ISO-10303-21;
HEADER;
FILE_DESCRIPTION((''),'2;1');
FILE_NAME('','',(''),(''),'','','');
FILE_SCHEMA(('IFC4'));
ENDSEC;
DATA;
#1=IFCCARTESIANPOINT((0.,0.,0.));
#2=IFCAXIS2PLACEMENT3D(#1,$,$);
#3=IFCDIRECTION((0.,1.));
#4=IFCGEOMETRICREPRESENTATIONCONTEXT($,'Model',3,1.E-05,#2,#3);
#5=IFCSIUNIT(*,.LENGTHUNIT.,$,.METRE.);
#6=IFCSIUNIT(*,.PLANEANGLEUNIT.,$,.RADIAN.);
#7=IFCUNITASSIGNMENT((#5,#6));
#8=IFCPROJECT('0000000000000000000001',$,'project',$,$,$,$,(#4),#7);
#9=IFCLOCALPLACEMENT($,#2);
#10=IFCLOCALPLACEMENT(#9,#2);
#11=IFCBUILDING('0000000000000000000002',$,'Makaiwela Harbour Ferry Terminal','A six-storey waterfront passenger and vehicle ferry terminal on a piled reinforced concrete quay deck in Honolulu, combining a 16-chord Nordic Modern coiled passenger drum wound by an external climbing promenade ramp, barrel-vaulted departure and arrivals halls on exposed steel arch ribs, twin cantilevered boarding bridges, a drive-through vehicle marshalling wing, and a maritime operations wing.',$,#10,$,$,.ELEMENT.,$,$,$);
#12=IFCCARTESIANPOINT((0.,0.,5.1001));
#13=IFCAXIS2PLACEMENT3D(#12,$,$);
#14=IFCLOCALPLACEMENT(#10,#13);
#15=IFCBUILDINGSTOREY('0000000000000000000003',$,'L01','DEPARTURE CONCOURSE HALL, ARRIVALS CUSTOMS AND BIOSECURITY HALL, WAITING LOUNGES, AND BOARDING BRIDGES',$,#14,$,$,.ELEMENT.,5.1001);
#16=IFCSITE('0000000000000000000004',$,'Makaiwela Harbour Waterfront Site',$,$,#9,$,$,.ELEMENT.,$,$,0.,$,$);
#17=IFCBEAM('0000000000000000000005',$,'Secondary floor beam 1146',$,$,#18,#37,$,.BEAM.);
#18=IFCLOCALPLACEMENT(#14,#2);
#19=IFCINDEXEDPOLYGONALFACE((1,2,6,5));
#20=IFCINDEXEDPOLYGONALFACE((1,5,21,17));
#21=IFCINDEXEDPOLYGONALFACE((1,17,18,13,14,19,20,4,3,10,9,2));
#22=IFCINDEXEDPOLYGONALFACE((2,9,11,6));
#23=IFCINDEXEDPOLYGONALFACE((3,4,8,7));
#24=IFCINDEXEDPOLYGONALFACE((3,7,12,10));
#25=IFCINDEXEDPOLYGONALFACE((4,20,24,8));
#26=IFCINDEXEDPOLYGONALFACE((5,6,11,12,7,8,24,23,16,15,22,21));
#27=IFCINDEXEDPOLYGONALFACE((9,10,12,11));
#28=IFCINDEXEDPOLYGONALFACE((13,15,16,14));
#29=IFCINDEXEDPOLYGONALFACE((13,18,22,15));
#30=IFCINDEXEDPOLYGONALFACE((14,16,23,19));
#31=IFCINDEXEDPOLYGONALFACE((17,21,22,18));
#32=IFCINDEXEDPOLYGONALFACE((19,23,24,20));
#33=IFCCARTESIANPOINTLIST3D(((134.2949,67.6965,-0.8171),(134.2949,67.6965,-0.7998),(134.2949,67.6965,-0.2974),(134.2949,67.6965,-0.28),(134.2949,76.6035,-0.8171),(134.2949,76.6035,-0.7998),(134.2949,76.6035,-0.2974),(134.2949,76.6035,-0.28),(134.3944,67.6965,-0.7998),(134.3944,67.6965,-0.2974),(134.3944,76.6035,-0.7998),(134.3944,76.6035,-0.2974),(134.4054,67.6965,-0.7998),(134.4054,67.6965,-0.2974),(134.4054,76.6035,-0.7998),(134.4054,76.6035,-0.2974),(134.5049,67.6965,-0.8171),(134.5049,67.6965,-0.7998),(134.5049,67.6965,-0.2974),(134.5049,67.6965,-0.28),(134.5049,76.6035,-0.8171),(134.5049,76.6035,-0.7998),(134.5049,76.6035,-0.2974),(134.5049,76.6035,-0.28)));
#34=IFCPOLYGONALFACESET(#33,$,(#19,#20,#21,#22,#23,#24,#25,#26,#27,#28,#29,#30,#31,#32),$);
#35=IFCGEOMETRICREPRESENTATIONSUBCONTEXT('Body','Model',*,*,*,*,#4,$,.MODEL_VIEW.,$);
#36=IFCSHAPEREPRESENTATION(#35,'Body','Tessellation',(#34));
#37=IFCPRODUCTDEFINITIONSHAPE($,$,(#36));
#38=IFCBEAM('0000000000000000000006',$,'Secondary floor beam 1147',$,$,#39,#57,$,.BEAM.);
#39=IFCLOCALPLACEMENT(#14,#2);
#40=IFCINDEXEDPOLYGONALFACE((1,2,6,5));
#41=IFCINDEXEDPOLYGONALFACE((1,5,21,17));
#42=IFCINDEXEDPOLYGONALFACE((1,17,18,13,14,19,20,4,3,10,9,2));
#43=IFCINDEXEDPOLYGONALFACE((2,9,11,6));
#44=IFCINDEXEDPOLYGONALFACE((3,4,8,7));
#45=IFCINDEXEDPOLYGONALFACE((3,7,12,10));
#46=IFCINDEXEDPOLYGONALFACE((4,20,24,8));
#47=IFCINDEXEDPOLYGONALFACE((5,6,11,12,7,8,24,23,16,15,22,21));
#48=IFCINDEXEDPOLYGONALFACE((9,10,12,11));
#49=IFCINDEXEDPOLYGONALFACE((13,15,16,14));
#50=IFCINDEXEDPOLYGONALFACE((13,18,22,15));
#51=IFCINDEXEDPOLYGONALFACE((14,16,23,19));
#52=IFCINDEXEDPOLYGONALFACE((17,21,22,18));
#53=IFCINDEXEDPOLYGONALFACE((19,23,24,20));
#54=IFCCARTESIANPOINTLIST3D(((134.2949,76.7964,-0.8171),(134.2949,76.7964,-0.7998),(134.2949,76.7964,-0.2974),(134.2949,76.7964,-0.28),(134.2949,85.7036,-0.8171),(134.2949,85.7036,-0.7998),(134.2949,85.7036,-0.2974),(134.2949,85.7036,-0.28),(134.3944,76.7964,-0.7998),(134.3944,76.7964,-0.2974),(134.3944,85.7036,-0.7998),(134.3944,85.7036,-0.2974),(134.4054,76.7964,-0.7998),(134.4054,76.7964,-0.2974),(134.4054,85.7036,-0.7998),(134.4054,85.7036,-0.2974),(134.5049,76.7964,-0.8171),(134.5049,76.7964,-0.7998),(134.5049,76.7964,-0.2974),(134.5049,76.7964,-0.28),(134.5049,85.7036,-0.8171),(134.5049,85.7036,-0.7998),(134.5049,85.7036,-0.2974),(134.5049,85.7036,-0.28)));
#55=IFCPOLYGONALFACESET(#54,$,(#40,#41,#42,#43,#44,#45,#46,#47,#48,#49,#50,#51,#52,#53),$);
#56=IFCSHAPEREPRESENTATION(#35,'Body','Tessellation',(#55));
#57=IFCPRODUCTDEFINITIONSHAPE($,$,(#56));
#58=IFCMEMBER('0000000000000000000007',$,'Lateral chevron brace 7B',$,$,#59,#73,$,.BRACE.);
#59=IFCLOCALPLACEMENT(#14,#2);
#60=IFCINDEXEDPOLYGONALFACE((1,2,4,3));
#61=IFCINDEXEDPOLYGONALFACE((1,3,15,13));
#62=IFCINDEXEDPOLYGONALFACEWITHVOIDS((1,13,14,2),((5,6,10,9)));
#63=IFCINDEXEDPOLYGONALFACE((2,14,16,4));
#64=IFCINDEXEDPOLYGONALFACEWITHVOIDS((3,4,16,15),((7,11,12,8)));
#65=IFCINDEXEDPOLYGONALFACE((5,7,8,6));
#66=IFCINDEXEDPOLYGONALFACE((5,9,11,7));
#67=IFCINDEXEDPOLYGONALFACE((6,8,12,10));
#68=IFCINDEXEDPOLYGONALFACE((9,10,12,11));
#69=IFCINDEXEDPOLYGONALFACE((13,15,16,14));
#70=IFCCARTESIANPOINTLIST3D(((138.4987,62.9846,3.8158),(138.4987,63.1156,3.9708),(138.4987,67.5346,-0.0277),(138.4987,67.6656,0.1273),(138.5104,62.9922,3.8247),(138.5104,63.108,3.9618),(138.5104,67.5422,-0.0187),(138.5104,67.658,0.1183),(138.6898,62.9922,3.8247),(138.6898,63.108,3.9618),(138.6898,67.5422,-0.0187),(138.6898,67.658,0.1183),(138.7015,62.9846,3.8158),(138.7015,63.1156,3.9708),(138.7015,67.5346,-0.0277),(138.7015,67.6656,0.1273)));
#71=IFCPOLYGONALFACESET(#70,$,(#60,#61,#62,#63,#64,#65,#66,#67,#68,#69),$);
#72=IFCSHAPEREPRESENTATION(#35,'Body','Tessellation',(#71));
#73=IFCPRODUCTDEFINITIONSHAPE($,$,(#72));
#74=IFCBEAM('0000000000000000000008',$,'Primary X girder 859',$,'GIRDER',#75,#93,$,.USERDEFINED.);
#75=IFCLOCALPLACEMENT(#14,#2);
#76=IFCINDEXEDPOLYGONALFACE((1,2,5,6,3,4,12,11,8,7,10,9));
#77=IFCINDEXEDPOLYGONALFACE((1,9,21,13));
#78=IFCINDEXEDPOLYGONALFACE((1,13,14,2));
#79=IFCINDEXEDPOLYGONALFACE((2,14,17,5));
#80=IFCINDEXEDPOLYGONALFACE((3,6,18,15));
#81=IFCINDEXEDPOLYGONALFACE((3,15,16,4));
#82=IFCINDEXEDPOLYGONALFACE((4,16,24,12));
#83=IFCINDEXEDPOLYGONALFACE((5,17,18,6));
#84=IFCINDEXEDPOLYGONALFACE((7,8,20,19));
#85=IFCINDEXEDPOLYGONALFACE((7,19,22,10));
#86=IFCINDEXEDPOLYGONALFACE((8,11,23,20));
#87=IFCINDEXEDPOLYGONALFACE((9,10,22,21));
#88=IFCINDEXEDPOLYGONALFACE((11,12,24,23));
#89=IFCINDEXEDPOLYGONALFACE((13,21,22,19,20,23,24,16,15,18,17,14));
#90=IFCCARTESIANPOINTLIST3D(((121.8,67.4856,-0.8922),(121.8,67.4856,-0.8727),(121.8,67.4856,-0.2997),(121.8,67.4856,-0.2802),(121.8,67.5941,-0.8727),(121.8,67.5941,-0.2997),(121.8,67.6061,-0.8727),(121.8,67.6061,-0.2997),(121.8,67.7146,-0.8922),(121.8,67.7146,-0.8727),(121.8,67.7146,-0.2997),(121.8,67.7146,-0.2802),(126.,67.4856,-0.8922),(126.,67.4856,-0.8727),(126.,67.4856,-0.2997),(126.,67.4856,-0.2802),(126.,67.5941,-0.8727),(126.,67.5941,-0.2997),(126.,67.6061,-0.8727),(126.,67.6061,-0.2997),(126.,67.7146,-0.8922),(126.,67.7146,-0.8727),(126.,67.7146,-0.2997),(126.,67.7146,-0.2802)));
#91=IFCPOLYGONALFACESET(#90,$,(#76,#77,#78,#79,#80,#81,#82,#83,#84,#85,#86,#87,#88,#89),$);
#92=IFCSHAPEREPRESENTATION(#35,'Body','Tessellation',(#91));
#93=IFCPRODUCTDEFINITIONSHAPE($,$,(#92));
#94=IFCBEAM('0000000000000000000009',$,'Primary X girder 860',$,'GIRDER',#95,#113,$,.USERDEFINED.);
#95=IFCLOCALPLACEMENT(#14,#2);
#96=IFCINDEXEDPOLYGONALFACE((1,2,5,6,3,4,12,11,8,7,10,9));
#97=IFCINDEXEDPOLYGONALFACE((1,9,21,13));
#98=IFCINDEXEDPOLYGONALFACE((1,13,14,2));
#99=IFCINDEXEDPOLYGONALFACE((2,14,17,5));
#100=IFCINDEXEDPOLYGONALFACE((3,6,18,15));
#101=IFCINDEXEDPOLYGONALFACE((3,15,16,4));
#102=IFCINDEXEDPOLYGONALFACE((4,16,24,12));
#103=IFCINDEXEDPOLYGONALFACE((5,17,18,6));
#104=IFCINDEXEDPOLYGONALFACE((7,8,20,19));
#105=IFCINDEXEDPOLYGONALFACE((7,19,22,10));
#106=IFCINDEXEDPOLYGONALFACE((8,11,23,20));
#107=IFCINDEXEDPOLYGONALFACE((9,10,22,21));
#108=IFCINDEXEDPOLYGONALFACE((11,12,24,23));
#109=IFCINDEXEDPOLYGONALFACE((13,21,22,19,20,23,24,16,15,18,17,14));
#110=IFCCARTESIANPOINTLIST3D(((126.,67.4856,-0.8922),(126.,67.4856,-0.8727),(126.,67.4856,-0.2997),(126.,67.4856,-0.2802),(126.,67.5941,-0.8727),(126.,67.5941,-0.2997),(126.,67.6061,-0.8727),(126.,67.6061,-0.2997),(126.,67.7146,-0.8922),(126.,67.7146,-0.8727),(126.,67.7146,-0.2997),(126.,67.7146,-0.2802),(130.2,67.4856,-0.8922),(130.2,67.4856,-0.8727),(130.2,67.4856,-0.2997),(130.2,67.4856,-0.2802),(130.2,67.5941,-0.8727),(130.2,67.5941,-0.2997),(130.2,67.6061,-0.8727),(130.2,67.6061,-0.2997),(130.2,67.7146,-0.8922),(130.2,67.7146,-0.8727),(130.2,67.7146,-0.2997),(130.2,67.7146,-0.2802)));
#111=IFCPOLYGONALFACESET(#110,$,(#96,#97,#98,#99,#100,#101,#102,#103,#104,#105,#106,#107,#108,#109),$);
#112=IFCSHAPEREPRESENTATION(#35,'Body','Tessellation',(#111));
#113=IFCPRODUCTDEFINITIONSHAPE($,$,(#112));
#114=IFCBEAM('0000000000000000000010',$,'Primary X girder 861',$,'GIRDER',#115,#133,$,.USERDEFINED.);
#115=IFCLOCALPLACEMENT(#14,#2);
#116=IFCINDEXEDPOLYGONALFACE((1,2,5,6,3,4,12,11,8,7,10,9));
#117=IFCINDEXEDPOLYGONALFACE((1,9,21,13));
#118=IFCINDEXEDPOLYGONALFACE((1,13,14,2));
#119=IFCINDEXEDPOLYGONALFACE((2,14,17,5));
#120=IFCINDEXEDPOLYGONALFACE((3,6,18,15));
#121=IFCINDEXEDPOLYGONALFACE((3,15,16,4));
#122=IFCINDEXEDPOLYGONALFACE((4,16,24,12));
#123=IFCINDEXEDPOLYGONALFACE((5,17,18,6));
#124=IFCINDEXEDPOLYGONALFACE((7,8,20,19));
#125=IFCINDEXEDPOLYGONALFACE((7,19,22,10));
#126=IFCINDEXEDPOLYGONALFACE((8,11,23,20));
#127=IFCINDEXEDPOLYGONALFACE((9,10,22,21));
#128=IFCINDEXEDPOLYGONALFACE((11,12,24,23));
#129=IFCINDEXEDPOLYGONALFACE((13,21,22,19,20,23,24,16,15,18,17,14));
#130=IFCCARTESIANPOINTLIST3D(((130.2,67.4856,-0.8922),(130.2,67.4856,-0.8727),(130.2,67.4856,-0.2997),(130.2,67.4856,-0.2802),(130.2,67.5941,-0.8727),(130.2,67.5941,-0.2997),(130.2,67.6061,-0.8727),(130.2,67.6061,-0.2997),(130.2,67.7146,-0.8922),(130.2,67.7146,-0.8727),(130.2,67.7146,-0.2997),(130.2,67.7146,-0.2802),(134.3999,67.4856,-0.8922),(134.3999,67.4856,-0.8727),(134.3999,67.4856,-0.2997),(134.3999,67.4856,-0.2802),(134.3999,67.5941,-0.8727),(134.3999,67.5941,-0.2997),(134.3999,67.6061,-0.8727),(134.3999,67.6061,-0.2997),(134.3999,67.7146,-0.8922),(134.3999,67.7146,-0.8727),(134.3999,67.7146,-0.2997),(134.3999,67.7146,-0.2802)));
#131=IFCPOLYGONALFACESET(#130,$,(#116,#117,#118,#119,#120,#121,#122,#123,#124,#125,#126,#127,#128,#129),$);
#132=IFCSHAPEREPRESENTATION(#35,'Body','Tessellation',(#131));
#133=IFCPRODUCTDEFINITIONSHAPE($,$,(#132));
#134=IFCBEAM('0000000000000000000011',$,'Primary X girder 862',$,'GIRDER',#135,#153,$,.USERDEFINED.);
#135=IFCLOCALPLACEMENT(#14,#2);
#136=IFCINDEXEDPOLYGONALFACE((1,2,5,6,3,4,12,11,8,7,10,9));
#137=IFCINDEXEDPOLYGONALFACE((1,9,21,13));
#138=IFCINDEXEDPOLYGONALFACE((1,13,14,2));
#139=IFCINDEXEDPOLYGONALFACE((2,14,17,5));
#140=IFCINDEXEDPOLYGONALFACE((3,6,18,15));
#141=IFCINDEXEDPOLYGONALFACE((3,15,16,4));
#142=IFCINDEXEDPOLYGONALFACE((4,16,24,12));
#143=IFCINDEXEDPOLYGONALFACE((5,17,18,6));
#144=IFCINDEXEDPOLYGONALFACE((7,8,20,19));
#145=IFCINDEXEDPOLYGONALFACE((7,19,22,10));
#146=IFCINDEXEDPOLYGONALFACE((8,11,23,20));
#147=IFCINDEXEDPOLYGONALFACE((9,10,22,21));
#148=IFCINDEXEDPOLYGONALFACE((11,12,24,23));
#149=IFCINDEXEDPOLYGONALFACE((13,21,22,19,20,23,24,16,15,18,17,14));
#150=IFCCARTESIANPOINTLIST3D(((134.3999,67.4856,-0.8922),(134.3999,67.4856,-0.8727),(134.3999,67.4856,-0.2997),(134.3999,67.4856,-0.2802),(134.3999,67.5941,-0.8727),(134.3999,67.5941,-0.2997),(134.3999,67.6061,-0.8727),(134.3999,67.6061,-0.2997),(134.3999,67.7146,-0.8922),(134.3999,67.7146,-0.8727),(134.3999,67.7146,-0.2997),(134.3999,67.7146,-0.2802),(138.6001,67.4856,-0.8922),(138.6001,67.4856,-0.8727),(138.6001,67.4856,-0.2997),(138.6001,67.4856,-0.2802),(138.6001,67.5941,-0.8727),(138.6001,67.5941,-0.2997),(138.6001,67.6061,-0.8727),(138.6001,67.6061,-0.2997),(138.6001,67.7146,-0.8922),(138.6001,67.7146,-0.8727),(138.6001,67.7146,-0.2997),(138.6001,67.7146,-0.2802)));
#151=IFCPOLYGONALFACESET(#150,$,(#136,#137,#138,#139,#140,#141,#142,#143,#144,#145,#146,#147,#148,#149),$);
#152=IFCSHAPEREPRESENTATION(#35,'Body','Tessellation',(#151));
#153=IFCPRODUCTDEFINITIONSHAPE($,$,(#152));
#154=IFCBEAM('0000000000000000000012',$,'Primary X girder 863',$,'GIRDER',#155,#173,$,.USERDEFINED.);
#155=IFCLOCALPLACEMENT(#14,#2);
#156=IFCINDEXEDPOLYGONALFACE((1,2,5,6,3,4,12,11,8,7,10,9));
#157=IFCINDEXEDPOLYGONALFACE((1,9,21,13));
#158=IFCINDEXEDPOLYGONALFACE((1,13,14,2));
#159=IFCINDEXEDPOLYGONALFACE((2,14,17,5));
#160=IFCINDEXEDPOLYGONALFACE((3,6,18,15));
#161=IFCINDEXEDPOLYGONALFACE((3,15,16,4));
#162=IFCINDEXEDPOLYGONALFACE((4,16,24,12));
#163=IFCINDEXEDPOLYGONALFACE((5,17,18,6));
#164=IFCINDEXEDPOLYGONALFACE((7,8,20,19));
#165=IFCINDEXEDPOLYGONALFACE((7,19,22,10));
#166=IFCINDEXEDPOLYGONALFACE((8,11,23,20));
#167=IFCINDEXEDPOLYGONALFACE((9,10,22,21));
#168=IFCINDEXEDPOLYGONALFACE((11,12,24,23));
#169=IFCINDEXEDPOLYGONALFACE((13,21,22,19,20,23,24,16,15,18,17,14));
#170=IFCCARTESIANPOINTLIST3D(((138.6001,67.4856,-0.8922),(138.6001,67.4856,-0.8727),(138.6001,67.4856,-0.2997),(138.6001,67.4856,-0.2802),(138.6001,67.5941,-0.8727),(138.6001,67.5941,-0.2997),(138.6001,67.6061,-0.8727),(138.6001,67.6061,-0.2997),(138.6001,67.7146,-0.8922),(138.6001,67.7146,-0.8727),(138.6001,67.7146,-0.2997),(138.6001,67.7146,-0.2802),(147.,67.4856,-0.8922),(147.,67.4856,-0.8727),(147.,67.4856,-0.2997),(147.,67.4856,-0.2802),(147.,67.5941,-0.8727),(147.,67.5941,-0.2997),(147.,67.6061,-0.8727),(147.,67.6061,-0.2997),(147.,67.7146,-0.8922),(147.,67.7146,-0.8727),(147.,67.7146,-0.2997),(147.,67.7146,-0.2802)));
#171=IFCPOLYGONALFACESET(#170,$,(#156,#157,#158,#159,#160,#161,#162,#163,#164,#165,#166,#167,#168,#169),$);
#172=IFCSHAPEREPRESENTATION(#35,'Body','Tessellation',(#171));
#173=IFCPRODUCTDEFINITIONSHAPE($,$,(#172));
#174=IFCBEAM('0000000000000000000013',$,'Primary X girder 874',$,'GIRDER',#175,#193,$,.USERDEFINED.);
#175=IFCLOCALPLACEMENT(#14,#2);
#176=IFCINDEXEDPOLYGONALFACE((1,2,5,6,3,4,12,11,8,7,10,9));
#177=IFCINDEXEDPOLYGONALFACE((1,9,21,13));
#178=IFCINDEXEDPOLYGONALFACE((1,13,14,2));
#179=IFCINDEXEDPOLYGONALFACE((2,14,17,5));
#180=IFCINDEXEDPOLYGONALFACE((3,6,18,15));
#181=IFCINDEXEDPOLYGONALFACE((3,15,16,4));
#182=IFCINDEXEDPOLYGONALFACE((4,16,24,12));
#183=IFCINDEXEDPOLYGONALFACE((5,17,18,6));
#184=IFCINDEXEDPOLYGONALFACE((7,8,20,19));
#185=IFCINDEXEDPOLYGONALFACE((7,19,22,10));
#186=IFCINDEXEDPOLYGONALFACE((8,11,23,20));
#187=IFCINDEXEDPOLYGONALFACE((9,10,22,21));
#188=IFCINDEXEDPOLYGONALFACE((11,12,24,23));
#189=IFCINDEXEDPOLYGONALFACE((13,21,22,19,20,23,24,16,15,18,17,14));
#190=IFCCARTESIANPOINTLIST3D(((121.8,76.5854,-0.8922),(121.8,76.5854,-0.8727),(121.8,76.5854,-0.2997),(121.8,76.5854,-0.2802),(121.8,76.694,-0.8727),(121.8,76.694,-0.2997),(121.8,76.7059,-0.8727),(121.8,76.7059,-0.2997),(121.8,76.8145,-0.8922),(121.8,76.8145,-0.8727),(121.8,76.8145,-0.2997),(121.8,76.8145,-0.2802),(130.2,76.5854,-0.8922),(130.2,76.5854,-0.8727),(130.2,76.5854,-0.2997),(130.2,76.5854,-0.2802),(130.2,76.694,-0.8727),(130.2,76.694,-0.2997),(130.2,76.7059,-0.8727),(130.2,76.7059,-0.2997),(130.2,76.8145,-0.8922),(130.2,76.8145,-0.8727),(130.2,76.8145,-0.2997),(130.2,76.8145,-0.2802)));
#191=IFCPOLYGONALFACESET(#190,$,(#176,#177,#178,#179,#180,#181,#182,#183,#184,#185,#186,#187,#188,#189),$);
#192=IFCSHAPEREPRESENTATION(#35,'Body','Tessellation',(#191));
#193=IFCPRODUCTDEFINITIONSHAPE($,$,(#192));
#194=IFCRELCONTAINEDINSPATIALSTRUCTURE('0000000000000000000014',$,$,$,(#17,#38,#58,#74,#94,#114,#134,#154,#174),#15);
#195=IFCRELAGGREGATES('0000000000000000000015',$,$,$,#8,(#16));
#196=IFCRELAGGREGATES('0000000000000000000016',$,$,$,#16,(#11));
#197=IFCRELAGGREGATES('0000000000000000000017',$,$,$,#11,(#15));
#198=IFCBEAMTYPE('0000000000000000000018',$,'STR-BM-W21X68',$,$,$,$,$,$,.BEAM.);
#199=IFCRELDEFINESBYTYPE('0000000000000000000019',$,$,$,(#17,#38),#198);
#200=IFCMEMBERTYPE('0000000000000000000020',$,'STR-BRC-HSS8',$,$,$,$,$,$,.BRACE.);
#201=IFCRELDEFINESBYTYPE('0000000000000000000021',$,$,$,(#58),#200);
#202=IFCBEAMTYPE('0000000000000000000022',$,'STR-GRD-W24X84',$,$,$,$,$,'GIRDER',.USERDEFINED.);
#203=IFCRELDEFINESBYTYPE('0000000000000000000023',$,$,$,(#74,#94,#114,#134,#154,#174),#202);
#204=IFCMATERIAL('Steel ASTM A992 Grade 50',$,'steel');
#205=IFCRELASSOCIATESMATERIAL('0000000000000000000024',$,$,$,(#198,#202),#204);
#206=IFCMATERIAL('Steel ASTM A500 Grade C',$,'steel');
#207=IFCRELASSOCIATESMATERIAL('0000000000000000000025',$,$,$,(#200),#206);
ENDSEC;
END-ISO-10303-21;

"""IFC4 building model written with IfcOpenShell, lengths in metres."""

from ifc_helpers import new_model, si_unit, direction, frame, origin, origin_2d, place, context, subcontext, project, spatial, hollow_rectangle, i_section, extrude, material, material_profile, profile_set, type_object, element, save


model = new_model("IFC4")

# Units and contexts
model_context = context("Model", 3, precision=1e-05, world=origin(), true_north=direction((0.0, 1.0)))
body_context = subcontext(model_context, "Body", "Model", "MODEL_VIEW")
ifc_project = project(units=[si_unit("LENGTHUNIT", "METRE"), si_unit("PLANEANGLEUNIT", "RADIAN")], contexts=[model_context])

# Site, building, storey
site_placement = place(None, origin())
site = spatial("IfcSite", under=ifc_project, at=site_placement, Name="Makaiwela Harbour Waterfront Site", CompositionType="ELEMENT", RefElevation=0.0)
building_placement = place(site_placement, origin())
building = spatial("IfcBuilding", under=site, at=building_placement, Name="Makaiwela Harbour Ferry Terminal", Description="A six-storey waterfront passenger and vehicle ferry terminal on a piled reinforced concrete quay deck in Honolulu, combining a 16-chord Nordic Modern coiled passenger drum wound by an external climbing promenade ramp, barrel-vaulted departure and arrivals halls on exposed steel arch ribs, twin cantilevered boarding bridges, a drive-through vehicle marshalling wing, and a maritime operations wing.", CompositionType="ELEMENT")
storey_placement = place(building_placement, frame((0.0, 0.0, 5.1001)))
storey = spatial("IfcBuildingStorey", under=building, at=storey_placement, Name="L01", Description="DEPARTURE CONCOURSE HALL, ARRIVALS CUSTOMS AND BIOSECURITY HALL, WAITING LOUNGES, AND BOARDING BRIDGES", CompositionType="ELEMENT", Elevation=5.1001)

# Shared definitions
ifc_material_1 = material(Name="Steel ASTM A992 Grade 50", Category="steel")

# Beams
ifc_material_profile_1 = material_profile(ifc_material_1, i_section(OverallWidth=0.21, OverallDepth=0.5371, WebThickness=0.011, FlangeThickness=0.0173, at=origin_2d()), Name="W21X68")
ifc_profile_set_1 = profile_set([ifc_material_profile_1], Name="Steel ASTM A992 Grade 50")
beam_type_1 = type_object("IfcBeamType", Name="STR-BM-W21X68", PredefinedType="BEAM", material=ifc_profile_set_1)
beam_1_placement = place(storey_placement, frame((134.3999, 67.6965, -0.5486), z_axis=(0.0, 1.0, 0.0), x_axis=(-1.0, 0.0, 0.0)))
element("IfcBeam", 1, at=beam_1_placement, inside=storey, type_object=beam_type_1, Name="Secondary floor beam 1146", PredefinedType="BEAM", context=body_context, shape_type="SweptSolid", body=[
    extrude(i_section(OverallWidth=0.21, OverallDepth=0.5371, WebThickness=0.011, FlangeThickness=0.0173, at=origin_2d()), origin(), (0.0, 0.0, 1.0), 8.907),
])
beam_2_placement = place(storey_placement, frame((134.3999, 76.7964, -0.5486), z_axis=(0.0, 1.0, 0.0), x_axis=(-1.0, 0.0, 0.0)))
element("IfcBeam", 2, at=beam_2_placement, inside=storey, type_object=beam_type_1, Name="Secondary floor beam 1147", PredefinedType="BEAM", context=body_context, shape_type="SweptSolid", body=[
    extrude(i_section(OverallWidth=0.21, OverallDepth=0.5371, WebThickness=0.011, FlangeThickness=0.0173, at=origin_2d()), origin(), (0.0, 0.0, 1.0), 8.9072),
])

# Member
ifc_material_2 = material(Name="Steel ASTM A500 Grade C", Category="steel")
ifc_material_profile_2 = material_profile(ifc_material_2, hollow_rectangle(XDim=0.2029, YDim=0.2029, WallThickness=0.0117, at=origin_2d()), Name="HSS8X8X1/2")
ifc_profile_set_2 = profile_set([ifc_material_profile_2], Name="Steel ASTM A500 Grade C")
member_type = type_object("IfcMemberType", Name="STR-BRC-HSS8", PredefinedType="BRACE", material=ifc_profile_set_2)
member_placement = place(storey_placement, frame((138.6001, 67.6001, 0.0498), z_axis=(0.0, -0.763927, 0.645303), x_axis=(1.0, 0.0, 0.0)))
element("IfcMember", 3, at=member_placement, inside=storey, type_object=member_type, Name="Lateral chevron brace 7B", PredefinedType="BRACE", context=body_context, shape_type="SweptSolid", body=[
    extrude(hollow_rectangle(XDim=0.2029, YDim=0.2029, WallThickness=0.0117, at=origin_2d()), origin(), (0.0, 0.0, 1.0), 5.9561),
])

# Beams
ifc_material_profile_3 = material_profile(ifc_material_1, i_section(OverallWidth=0.229, OverallDepth=0.6121, WebThickness=0.012, FlangeThickness=0.0195, at=origin_2d()), Name="W24X84")
ifc_profile_set_3 = profile_set([ifc_material_profile_3], Name="Steel ASTM A992 Grade 50")
beam_type_2 = type_object("IfcBeamType", Name="STR-GRD-W24X84", ElementType="GIRDER", PredefinedType="USERDEFINED", material=ifc_profile_set_3)
for number, where, z_axis, x_axis, name in (
    (4, (121.8, 67.6001, -0.5862), (1.0, 0.0, 0.0), (0.0, 1.0, 0.0), "Primary X girder 859"),
    (5, (126.0, 67.6001, -0.5862), (1.0, 0.0, 0.0), (0.0, 1.0, 0.0), "Primary X girder 860"),
    (6, (130.2, 67.6001, -0.5862), (1.0, 0.0, 0.0), (0.0, 1.0, 0.0), "Primary X girder 861"),
):
    element("IfcBeam", number, at=place(storey_placement, frame(where, z_axis=z_axis, x_axis=x_axis)), inside=storey, type_object=beam_type_2, Name=name, ObjectType="GIRDER", PredefinedType="USERDEFINED", context=body_context, shape_type="SweptSolid", body=[
        extrude(i_section(OverallWidth=0.229, OverallDepth=0.6121, WebThickness=0.012, FlangeThickness=0.0195, at=origin_2d()), origin(), (0.0, 0.0, 1.0), 4.2),
    ])
beam_3_placement = place(storey_placement, frame((134.3999, 67.6001, -0.5862), z_axis=(1.0, 0.0, 0.0), x_axis=(0.0, 1.0, 0.0)))
element("IfcBeam", 7, at=beam_3_placement, inside=storey, type_object=beam_type_2, Name="Primary X girder 862", ObjectType="GIRDER", PredefinedType="USERDEFINED", context=body_context, shape_type="SweptSolid", body=[
    extrude(i_section(OverallWidth=0.229, OverallDepth=0.6121, WebThickness=0.012, FlangeThickness=0.0195, at=origin_2d()), origin(), (0.0, 0.0, 1.0), 4.2002),
])
for number, where, z_axis, x_axis, name in (
    (8, (138.6001, 67.6001, -0.5862), (1.0, 0.0, 0.0), (0.0, 1.0, 0.0), "Primary X girder 863"),
    (9, (121.8, 76.7, -0.5862), (1.0, 0.0, 0.0), (0.0, 1.0, 0.0), "Primary X girder 874"),
):
    element("IfcBeam", number, at=place(storey_placement, frame(where, z_axis=z_axis, x_axis=x_axis)), inside=storey, type_object=beam_type_2, Name=name, ObjectType="GIRDER", PredefinedType="USERDEFINED", context=body_context, shape_type="SweptSolid", body=[
        extrude(i_section(OverallWidth=0.229, OverallDepth=0.6121, WebThickness=0.012, FlangeThickness=0.0195, at=origin_2d()), origin(), (0.0, 0.0, 1.0), 8.3999),
    ])

save(model, "model.ifc")
